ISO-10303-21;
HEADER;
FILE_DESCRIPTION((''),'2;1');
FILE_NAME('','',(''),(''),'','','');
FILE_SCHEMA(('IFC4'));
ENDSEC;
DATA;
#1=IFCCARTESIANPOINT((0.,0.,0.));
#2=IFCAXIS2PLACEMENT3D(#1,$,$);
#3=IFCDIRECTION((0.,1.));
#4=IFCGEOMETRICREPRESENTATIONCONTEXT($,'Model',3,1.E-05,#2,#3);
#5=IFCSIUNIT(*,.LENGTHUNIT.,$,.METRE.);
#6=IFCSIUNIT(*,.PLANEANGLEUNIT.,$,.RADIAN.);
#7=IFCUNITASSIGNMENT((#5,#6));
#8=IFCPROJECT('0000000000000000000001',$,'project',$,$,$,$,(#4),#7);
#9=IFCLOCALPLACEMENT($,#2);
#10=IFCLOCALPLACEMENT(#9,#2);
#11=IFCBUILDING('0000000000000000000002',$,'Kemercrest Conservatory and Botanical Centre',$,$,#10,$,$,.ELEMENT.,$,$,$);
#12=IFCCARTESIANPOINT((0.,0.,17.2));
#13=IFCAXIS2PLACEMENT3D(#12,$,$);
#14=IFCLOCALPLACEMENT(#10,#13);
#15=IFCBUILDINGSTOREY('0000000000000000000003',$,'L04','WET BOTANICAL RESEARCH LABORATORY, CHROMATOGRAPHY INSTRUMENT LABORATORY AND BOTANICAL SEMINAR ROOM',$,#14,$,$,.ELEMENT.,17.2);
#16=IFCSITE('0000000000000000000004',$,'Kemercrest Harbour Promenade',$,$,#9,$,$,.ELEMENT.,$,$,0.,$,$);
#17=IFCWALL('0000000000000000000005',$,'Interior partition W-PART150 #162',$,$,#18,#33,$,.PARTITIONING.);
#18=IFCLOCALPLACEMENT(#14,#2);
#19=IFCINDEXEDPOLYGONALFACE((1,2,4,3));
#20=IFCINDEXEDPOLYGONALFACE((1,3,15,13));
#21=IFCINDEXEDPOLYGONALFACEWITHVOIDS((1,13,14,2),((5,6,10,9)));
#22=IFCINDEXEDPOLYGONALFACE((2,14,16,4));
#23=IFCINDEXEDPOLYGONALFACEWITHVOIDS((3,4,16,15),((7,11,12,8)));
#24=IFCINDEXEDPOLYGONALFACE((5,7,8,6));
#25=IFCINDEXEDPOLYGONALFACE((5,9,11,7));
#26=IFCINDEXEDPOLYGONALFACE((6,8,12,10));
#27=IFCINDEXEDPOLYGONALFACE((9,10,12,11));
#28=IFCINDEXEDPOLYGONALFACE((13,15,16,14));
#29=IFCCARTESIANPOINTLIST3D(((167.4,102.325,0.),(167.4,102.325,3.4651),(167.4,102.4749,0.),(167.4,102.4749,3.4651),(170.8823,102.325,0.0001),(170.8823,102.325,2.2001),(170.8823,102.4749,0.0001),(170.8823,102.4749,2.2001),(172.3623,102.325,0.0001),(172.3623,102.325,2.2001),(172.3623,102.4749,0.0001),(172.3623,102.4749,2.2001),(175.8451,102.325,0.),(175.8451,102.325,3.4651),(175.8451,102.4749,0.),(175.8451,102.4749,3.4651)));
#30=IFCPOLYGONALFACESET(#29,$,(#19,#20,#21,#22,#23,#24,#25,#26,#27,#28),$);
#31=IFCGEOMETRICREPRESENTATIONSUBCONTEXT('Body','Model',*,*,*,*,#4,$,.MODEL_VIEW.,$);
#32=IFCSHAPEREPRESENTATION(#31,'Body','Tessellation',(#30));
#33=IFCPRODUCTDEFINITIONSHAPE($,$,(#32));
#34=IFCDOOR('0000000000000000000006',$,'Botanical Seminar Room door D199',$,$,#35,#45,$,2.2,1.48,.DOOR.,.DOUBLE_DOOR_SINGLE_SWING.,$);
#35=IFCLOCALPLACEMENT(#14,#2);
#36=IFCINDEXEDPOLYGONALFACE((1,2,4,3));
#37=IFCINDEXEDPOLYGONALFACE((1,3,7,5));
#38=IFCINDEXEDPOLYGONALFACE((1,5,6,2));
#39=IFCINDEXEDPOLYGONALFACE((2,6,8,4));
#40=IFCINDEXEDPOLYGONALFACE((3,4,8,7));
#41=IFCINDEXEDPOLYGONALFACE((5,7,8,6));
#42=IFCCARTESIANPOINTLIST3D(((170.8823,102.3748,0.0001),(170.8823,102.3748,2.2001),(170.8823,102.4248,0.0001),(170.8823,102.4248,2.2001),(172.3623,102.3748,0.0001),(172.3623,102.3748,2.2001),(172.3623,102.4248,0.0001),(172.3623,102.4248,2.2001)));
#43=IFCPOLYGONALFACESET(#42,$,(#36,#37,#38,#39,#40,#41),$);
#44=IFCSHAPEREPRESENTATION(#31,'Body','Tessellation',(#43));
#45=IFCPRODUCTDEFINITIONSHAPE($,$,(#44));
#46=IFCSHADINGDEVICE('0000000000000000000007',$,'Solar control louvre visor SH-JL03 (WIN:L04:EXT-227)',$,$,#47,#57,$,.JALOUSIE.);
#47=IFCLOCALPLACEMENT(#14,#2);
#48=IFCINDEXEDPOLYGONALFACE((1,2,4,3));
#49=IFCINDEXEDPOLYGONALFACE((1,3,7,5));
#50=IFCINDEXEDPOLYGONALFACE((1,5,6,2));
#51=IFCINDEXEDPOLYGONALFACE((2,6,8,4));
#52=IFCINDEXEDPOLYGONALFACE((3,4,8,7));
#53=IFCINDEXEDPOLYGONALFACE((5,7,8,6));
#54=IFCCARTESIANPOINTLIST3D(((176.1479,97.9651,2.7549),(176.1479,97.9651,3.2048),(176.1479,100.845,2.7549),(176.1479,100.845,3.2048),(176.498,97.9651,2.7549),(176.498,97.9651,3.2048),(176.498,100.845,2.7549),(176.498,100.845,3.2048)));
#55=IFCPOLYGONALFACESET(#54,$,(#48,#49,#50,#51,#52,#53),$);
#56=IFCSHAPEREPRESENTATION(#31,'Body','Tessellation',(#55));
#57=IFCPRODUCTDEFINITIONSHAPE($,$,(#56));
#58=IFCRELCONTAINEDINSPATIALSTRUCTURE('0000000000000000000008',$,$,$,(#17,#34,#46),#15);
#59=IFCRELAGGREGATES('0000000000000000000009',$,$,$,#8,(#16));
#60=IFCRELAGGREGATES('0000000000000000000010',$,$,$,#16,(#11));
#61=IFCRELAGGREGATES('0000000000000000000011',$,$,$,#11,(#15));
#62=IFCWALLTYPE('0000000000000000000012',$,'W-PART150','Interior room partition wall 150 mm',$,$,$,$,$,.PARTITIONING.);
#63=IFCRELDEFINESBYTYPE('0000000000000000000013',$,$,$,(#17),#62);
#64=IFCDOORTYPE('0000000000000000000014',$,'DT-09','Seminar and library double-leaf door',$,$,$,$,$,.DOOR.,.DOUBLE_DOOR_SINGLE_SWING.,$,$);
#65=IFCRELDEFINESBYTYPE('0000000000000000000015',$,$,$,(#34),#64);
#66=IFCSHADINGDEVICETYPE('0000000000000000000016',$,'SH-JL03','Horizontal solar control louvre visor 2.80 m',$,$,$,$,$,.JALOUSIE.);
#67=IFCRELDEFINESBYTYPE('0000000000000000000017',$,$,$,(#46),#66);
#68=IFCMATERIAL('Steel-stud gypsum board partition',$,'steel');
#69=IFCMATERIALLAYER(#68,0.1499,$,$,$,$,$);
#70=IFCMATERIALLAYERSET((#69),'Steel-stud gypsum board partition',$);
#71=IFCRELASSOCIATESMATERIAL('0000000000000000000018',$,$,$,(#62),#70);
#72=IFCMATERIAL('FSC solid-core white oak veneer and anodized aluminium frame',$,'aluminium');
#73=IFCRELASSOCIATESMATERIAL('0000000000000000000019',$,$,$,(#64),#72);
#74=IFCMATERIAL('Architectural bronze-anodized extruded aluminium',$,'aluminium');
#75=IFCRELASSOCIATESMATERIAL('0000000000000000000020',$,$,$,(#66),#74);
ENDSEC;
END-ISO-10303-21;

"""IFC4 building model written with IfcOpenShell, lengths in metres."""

from ifc_helpers import new_model, si_unit, direction, frame, frame_2d, origin, origin_2d, place, context, subcontext, project, spatial, rectangle, extrude, material, layer, layer_set, type_object, element, fill, save


model = new_model("IFC4")

# Units and contexts
model_context = context("Model", 3, precision=1e-05, world=origin(), true_north=direction((0.0, 1.0)))
body_context = subcontext(model_context, "Body", "Model", "MODEL_VIEW")
ifc_project = project(units=[si_unit("LENGTHUNIT", "METRE"), si_unit("PLANEANGLEUNIT", "RADIAN")], contexts=[model_context])

# Site, building, storey
site_placement = place(None, origin())
site = spatial("IfcSite", under=ifc_project, at=site_placement, Name="Kemercrest Harbour Promenade", CompositionType="ELEMENT", RefElevation=0.0)
building_placement = place(site_placement, origin())
building = spatial("IfcBuilding", under=site, at=building_placement, Name="Kemercrest Conservatory and Botanical Centre", CompositionType="ELEMENT")
storey_placement = place(building_placement, frame((0.0, 0.0, 17.2)))
storey = spatial("IfcBuildingStorey", under=building, at=storey_placement, Name="L04", Description="WET BOTANICAL RESEARCH LABORATORY, CHROMATOGRAPHY INSTRUMENT LABORATORY AND BOTANICAL SEMINAR ROOM", CompositionType="ELEMENT", Elevation=17.2)

# Wall, opening, door
ifc_material_1 = material(Name="Steel-stud gypsum board partition", Category="steel")
ifc_layer_1 = layer(ifc_material_1, 0.1499)
ifc_layer_set_1 = layer_set([ifc_layer_1], Name="Steel-stud gypsum board partition")
wall_type_1 = type_object("IfcWallType", Name="W-PART150", Description="Interior room partition wall 150 mm", PredefinedType="PARTITIONING", material=ifc_layer_set_1)
wall_1_placement = place(storey_placement, frame((167.3999, 102.3999, 0.0), z_axis=(0.0, 0.0, 1.0), x_axis=(1.0, 0.0, 0.0)))
wall_1 = element("IfcWall", 1, at=wall_1_placement, inside=storey, type_object=wall_type_1, Name="Interior partition W-PART150 #162", PredefinedType="PARTITIONING", context=body_context, shape_type="SweptSolid", body=[
    extrude(rectangle(XDim=8.4451, YDim=0.1499, at=frame_2d((4.2227, 0.0))), origin(), (0.0, 0.0, 1.0), 3.4651),
])
opening_1_placement = place(wall_1_placement, frame((3.4824, 0.0, 0.0)))
opening_1 = element("IfcOpeningElement", 2, at=opening_1_placement, cuts=wall_1, PredefinedType="OPENING", context=body_context, shape_type="SweptSolid", body=[
    extrude(rectangle(XDim=1.48, YDim=2.2, at=frame_2d((0.74, 1.1001))), frame((0.0, 0.085, 0.0), z_axis=(0.0, -1.0, 0.0), x_axis=(1.0, 0.0, 0.0)), (0.0, 0.0, 1.0), 0.1699),
])
ifc_material_2 = material(Name="FSC solid-core white oak veneer and anodized aluminium frame", Category="aluminium")
door_type = type_object("IfcDoorType", Name="DT-09", Description="Seminar and library double-leaf door", OperationType="DOUBLE_DOOR_SINGLE_SWING", PredefinedType="DOOR", material=ifc_material_2)
door_placement = place(opening_1_placement, origin())
door = element("IfcDoor", 3, at=door_placement, inside=storey, type_object=door_type, Name="Botanical Seminar Room door D199", OperationType="DOUBLE_DOOR_SINGLE_SWING", OverallHeight=2.2, OverallWidth=1.48, PredefinedType="DOOR", context=body_context, shape_type="SweptSolid", body=[
    extrude(rectangle(XDim=1.48, YDim=2.2, at=frame_2d((0.74, 1.1001))), frame((0.0, 0.0249, 0.0), z_axis=(0.0, -1.0, 0.0), x_axis=(1.0, 0.0, 0.0)), (0.0, 0.0, 1.0), 0.05),
])
fill(opening_1, door)

# Shading device
ifc_material_3 = material(Name="Architectural bronze-anodized extruded aluminium", Category="aluminium")
shading_device_type = type_object("IfcShadingDeviceType", Name="SH-JL03", Description="Horizontal solar control louvre visor 2.80 m", PredefinedType="JALOUSIE", material=ifc_material_3)
shading_device_placement = place(storey_placement, frame((176.323, 99.405, 2.7549), z_axis=(0.0, 0.0, 1.0), x_axis=(0.0, 1.0, 0.0)))
element("IfcShadingDevice", 4, at=shading_device_placement, inside=storey, type_object=shading_device_type, Name="Solar control louvre visor SH-JL03 (WIN:L04:EXT-227)", PredefinedType="JALOUSIE", context=body_context, shape_type="SweptSolid", body=[
    extrude(rectangle(XDim=2.8799, YDim=0.3501, at=origin_2d()), origin(), (0.0, 0.0, 1.0), 0.45),
])

save(model, "model.ifc")
